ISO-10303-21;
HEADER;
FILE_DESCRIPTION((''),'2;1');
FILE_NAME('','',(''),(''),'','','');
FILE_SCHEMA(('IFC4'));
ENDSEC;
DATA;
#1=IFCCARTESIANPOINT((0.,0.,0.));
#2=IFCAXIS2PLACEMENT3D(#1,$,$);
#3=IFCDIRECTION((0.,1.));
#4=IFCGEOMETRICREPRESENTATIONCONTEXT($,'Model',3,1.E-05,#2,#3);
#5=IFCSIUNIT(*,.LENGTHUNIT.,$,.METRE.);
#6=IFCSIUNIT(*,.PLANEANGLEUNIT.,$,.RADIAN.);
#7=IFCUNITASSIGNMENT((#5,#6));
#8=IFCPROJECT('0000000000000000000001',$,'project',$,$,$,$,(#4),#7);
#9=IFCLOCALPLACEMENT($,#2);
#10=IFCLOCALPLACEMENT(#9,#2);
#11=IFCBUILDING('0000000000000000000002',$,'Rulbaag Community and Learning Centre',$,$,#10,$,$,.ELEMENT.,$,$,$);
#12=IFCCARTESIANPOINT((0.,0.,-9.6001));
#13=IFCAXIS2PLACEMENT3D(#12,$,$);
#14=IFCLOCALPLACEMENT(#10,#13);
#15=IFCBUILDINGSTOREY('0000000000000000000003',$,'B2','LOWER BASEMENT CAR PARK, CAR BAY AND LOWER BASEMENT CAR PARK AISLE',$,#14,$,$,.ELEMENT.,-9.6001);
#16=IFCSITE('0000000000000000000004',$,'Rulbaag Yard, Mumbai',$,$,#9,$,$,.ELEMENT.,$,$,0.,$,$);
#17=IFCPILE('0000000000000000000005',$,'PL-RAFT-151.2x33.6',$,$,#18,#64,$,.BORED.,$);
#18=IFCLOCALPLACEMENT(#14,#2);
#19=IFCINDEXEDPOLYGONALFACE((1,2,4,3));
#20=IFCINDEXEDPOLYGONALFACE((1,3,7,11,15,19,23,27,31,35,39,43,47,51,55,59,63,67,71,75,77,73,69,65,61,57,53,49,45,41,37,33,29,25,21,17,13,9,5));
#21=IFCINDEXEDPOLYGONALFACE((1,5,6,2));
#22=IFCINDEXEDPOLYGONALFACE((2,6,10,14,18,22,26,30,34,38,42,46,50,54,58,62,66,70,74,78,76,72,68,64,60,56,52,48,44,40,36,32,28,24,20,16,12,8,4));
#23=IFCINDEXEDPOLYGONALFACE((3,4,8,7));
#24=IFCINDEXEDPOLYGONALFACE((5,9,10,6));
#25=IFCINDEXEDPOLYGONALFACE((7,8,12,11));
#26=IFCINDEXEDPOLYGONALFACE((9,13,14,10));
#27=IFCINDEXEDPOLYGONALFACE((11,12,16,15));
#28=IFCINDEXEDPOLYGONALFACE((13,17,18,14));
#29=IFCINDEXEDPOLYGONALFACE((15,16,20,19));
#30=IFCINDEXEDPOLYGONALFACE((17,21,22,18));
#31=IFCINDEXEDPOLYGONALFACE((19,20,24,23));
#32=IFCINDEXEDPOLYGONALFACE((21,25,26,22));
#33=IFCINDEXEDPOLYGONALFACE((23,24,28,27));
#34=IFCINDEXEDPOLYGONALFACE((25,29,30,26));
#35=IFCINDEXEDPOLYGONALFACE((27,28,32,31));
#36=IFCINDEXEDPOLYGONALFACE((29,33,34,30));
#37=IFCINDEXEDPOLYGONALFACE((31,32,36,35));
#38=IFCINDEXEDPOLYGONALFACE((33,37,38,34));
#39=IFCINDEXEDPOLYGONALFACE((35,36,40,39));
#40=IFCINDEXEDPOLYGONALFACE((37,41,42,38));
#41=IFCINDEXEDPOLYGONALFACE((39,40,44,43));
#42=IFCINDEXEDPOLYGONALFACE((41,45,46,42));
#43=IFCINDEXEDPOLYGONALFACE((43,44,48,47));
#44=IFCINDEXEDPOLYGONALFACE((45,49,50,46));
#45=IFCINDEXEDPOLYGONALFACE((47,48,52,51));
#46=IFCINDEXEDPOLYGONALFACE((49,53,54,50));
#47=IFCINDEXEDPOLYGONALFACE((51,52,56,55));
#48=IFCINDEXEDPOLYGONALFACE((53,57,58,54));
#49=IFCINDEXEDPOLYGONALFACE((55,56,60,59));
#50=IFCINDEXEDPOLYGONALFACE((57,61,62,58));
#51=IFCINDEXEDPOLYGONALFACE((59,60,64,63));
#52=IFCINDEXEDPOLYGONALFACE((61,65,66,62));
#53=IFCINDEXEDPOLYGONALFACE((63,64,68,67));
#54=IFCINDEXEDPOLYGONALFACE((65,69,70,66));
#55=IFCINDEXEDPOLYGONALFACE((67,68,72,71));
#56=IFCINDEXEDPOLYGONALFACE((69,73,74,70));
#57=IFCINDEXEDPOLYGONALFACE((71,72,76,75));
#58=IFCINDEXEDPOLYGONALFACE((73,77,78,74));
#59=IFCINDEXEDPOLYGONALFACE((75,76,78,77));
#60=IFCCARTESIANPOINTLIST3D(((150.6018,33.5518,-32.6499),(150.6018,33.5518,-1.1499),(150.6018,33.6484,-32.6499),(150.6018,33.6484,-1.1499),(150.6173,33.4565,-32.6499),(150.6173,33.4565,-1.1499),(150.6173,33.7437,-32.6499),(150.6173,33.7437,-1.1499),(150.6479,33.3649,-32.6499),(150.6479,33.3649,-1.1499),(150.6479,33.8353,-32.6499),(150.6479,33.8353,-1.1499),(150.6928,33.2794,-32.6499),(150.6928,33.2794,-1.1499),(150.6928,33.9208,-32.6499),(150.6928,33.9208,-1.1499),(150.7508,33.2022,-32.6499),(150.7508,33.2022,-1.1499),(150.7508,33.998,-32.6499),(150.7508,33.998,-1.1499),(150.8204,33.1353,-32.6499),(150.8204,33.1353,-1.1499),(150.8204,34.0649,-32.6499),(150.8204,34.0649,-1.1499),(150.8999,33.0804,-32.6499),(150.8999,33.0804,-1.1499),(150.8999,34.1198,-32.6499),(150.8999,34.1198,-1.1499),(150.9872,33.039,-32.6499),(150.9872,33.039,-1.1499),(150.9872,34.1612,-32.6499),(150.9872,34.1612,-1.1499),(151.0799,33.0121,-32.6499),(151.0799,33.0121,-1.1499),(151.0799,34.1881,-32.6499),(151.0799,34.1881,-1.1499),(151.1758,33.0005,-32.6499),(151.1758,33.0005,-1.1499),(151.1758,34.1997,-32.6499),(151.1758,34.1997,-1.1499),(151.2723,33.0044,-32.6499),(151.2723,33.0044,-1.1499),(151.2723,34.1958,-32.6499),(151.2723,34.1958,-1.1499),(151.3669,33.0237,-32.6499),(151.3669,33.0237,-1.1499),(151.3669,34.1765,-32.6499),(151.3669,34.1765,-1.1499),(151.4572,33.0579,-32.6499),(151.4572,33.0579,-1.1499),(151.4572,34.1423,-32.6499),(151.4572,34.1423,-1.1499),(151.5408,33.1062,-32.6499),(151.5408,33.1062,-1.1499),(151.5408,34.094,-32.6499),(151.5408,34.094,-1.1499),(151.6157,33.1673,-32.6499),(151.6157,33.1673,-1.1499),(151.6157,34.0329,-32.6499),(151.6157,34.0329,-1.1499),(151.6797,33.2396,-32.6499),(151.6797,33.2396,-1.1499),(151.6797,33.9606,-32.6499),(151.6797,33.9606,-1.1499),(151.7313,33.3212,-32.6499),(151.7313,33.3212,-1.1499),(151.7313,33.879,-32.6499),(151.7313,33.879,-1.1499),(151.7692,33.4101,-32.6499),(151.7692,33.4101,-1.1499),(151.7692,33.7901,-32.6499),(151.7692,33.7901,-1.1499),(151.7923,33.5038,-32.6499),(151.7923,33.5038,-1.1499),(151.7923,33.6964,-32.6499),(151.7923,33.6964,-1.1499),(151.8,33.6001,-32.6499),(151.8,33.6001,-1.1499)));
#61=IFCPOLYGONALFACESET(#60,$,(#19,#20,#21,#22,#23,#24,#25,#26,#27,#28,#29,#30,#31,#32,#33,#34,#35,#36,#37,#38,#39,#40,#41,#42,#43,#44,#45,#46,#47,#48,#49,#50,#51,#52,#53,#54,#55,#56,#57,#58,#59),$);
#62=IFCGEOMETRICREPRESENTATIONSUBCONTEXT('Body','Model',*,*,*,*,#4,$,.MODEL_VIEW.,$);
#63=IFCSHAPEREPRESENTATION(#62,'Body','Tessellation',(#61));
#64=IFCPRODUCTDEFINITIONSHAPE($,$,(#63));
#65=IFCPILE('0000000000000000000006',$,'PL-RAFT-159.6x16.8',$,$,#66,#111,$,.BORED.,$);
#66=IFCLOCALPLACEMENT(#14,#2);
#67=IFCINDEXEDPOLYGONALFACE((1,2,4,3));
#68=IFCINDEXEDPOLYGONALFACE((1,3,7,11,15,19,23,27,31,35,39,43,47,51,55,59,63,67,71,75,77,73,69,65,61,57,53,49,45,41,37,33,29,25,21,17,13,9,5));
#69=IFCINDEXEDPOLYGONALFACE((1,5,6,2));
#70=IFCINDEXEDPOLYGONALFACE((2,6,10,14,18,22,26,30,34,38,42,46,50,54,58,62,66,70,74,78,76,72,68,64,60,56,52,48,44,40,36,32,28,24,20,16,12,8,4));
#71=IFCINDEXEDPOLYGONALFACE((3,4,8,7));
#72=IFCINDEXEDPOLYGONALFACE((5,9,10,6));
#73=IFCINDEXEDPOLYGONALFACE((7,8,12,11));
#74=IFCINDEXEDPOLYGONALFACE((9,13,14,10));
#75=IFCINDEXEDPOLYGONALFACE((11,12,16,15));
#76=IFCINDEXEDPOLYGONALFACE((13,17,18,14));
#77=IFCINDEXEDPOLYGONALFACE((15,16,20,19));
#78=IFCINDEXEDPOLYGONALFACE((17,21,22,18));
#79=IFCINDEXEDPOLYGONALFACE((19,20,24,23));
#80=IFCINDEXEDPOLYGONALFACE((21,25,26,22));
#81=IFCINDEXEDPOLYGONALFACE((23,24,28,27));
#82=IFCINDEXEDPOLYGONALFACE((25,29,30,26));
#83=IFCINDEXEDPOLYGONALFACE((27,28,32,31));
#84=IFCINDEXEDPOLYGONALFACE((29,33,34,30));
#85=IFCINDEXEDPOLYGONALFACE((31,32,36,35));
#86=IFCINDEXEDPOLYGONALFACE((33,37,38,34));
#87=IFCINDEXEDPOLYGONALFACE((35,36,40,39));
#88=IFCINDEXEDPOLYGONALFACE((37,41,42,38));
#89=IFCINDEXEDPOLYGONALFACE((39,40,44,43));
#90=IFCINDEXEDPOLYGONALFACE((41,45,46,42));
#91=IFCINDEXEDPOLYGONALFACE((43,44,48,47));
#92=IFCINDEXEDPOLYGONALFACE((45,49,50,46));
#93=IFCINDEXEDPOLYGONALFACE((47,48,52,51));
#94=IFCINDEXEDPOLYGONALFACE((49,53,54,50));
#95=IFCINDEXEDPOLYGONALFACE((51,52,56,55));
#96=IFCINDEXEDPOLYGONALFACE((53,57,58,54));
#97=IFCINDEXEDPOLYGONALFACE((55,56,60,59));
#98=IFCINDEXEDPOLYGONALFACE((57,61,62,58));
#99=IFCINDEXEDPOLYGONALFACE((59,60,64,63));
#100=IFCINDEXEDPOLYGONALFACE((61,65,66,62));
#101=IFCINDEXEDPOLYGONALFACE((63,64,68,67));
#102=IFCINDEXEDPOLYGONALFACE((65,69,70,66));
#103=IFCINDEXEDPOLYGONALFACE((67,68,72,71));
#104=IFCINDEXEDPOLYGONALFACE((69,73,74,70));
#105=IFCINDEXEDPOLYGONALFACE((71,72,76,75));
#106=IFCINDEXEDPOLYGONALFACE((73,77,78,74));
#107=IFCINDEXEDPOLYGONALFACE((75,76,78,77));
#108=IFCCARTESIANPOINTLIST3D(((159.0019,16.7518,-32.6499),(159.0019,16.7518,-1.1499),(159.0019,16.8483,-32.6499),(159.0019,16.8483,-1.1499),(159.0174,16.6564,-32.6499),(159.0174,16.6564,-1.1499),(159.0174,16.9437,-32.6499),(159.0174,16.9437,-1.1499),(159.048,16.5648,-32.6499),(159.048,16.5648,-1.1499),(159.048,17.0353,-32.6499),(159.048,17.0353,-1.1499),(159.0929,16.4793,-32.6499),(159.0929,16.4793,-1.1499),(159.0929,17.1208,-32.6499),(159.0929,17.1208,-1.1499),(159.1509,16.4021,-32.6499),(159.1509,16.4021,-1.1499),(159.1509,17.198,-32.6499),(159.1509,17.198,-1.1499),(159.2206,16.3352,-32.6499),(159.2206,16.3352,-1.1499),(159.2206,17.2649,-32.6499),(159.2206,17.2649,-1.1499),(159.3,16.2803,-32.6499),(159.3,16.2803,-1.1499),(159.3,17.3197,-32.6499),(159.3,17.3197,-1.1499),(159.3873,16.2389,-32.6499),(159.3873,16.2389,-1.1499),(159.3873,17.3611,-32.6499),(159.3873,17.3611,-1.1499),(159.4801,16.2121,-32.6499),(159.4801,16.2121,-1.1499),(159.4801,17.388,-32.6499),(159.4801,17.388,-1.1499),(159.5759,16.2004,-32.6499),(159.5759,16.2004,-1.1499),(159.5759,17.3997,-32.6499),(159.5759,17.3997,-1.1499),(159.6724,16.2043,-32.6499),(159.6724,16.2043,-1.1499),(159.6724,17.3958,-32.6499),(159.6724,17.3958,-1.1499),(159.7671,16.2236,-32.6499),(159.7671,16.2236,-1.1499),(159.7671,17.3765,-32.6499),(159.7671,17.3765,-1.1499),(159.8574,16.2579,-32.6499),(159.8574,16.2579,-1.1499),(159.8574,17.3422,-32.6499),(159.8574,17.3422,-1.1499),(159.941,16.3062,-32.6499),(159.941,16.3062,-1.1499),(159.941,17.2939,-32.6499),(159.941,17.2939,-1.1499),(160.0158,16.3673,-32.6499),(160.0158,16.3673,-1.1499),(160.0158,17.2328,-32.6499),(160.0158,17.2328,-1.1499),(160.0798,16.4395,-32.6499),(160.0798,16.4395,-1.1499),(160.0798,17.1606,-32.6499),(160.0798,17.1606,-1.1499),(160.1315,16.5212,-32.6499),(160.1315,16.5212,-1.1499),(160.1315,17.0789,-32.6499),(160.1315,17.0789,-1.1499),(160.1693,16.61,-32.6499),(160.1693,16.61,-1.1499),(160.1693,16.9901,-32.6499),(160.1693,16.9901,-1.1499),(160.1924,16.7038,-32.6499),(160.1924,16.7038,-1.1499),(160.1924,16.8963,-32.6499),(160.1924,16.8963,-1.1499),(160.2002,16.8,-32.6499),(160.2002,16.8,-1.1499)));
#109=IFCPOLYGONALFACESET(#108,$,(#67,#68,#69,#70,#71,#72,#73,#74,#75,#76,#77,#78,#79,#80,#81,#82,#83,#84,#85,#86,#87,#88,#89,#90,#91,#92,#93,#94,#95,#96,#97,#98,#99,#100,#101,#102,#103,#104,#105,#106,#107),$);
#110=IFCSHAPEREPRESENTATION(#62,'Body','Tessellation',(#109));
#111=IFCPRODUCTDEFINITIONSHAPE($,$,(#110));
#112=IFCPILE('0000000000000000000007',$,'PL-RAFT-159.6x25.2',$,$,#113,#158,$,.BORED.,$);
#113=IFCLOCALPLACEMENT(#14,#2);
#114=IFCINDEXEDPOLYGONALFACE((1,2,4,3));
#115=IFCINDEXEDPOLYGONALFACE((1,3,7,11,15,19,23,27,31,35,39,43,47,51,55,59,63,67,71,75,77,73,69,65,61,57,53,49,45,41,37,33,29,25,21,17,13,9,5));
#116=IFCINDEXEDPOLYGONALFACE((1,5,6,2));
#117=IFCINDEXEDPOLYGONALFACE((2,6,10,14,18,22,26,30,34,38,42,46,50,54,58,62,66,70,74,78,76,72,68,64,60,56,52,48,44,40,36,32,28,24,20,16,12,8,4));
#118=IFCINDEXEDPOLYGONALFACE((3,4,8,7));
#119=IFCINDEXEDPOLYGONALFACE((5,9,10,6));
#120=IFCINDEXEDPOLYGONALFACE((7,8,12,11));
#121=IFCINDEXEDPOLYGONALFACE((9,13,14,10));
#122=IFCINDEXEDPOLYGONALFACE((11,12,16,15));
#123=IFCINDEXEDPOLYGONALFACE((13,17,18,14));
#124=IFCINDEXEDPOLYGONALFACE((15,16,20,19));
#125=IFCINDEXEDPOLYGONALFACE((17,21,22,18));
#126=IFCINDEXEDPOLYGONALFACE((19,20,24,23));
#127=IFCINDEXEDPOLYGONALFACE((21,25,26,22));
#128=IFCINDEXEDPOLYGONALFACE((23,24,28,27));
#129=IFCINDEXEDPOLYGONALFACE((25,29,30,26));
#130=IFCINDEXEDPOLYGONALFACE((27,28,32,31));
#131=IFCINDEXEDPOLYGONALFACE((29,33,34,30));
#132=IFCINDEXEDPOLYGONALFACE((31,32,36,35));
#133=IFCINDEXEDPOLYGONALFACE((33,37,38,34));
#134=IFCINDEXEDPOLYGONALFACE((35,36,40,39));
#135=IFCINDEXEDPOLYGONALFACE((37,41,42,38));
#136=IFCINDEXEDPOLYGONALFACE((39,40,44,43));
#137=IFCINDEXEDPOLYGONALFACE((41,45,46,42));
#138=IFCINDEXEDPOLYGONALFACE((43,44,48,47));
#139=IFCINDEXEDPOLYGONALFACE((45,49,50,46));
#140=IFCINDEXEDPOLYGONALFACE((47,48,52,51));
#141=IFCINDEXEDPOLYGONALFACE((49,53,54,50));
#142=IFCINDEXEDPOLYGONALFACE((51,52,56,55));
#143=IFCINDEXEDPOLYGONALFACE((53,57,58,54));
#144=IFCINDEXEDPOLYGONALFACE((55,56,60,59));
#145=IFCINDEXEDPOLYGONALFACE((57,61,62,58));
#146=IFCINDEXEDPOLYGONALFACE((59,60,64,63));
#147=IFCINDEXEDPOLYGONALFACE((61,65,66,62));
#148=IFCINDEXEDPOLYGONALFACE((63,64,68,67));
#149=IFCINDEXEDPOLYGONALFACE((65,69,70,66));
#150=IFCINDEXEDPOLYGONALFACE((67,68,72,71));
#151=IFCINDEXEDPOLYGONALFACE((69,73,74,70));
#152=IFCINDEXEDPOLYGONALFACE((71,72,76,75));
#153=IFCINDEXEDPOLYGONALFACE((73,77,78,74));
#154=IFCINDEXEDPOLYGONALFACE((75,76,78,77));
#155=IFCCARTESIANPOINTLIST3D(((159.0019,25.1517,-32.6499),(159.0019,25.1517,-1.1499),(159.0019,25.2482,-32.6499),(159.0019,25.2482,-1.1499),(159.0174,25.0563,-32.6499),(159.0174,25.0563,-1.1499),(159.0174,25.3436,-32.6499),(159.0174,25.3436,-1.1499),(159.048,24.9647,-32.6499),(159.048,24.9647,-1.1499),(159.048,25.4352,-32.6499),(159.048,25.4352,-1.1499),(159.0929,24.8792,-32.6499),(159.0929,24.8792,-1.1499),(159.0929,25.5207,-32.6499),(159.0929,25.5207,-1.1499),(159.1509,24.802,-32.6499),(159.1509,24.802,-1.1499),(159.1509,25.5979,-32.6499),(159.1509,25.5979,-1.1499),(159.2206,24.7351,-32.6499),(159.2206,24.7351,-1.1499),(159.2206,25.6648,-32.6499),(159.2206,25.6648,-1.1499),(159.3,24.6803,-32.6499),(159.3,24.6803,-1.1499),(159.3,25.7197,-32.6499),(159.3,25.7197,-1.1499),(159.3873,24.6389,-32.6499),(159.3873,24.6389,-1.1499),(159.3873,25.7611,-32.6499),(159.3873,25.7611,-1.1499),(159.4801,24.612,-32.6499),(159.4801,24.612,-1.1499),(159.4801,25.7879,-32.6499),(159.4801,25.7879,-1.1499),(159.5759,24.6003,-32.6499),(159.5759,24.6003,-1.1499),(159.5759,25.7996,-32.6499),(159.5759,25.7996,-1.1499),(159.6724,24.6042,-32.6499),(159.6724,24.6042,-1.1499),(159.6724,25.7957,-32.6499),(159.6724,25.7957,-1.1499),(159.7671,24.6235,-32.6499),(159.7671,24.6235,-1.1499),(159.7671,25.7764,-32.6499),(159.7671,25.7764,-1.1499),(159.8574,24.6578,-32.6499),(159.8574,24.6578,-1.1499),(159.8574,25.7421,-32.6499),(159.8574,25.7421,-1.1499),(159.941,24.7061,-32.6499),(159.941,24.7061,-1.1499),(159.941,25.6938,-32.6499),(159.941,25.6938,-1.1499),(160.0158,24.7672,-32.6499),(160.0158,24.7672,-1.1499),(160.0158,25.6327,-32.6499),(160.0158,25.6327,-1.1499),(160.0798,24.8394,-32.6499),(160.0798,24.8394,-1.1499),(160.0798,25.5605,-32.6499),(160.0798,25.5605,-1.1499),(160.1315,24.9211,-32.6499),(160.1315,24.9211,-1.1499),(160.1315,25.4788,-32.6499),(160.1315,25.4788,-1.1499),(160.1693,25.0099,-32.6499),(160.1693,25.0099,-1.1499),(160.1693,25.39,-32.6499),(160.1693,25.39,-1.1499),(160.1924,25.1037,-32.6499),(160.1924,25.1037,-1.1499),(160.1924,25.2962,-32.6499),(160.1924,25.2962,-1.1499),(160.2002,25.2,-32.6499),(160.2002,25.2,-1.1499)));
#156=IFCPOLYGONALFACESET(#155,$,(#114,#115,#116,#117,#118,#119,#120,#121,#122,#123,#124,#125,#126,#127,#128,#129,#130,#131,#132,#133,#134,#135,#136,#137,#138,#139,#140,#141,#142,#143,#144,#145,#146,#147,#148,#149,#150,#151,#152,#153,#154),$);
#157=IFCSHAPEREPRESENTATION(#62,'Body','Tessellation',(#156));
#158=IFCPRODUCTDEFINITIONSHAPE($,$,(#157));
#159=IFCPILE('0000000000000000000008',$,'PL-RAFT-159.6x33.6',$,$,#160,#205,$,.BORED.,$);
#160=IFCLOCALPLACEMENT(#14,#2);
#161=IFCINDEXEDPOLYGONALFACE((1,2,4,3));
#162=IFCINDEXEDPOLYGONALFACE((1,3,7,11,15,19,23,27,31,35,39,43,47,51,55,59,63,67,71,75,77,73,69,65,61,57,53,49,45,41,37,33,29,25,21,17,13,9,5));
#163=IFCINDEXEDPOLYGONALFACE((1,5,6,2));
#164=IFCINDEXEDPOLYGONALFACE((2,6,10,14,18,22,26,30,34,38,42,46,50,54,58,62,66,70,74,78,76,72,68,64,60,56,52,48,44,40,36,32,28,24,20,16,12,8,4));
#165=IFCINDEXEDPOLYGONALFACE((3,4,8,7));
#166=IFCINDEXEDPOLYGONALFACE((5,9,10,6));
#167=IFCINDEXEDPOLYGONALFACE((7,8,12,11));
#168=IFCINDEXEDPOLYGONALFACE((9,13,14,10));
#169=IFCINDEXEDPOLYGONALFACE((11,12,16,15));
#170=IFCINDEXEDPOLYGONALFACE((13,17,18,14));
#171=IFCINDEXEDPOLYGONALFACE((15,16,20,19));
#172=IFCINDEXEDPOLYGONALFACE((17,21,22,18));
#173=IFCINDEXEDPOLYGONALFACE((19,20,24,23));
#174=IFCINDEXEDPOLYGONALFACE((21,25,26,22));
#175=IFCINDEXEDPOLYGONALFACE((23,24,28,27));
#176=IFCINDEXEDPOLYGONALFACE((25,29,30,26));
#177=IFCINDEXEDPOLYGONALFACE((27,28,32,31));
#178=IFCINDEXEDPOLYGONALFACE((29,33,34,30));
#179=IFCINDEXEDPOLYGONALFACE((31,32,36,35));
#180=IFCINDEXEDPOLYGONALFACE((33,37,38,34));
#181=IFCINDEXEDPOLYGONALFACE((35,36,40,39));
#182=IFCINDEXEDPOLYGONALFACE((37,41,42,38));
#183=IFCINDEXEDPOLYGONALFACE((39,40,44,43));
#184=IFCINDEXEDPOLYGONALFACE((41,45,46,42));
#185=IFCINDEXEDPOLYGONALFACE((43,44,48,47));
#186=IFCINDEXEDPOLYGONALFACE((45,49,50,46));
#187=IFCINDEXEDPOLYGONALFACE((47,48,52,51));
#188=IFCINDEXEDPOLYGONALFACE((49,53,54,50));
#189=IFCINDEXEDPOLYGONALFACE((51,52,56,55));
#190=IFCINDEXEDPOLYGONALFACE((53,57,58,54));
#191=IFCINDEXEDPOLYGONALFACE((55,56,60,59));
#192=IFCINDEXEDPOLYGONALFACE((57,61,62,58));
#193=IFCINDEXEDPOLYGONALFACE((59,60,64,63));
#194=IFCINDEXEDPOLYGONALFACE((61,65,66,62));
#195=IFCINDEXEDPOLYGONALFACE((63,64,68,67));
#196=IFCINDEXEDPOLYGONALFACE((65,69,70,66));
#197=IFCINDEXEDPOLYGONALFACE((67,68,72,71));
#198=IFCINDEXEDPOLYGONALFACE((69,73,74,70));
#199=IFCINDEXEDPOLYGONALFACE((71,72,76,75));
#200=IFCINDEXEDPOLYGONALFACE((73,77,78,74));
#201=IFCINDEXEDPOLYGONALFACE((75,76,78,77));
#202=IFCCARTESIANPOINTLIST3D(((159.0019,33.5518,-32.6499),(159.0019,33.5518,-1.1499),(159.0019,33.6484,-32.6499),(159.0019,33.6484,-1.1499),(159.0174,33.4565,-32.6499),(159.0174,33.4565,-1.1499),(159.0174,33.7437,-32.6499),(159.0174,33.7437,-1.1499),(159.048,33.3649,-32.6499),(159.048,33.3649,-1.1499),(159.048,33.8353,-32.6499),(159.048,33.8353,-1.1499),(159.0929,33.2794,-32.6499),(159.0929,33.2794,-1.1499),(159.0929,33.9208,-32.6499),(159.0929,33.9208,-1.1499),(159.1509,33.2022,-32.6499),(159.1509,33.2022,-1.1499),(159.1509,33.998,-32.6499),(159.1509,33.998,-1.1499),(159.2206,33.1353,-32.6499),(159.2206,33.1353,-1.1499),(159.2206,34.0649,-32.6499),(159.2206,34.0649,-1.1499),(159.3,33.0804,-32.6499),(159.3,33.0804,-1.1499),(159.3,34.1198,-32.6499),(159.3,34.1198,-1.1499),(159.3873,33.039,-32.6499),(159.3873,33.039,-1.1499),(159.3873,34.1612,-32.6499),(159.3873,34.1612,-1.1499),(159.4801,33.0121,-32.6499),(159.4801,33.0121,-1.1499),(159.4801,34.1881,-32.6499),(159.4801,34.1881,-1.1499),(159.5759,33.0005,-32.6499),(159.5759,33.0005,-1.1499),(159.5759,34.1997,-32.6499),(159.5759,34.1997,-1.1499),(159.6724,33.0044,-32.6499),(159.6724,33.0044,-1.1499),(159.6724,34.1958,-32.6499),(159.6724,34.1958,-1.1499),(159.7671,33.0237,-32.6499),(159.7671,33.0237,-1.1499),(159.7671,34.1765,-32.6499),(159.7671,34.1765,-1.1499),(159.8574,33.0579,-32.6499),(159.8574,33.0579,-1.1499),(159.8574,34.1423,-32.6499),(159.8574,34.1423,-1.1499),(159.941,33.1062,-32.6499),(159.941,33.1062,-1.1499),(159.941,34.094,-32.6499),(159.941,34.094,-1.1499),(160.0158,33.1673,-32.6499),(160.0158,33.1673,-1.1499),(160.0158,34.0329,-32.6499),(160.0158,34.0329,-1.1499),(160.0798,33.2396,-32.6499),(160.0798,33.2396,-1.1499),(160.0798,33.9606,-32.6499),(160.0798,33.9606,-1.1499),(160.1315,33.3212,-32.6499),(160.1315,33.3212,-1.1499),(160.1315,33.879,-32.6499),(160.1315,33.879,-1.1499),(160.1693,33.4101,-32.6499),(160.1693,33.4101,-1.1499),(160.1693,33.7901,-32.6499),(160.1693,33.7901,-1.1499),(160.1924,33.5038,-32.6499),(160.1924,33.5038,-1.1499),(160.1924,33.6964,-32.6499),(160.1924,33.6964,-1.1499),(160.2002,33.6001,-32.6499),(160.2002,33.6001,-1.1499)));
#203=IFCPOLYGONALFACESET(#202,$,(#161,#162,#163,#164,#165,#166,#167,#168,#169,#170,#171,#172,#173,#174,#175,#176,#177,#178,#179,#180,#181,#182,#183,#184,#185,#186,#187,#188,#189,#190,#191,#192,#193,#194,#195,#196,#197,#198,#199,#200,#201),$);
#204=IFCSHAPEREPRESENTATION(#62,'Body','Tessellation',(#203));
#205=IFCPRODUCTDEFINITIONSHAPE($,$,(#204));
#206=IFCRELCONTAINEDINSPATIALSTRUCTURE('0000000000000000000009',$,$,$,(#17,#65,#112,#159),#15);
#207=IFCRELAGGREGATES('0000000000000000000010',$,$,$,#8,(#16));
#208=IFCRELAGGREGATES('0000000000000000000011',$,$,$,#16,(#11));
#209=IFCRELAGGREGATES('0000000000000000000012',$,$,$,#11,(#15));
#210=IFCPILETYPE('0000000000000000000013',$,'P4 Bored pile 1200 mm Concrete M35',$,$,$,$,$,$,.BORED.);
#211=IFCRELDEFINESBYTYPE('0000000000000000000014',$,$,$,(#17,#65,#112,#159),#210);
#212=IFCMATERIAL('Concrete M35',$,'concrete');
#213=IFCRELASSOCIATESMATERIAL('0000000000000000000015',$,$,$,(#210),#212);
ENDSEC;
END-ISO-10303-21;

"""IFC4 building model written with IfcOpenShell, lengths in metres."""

from ifc_helpers import new_model, si_unit, direction, frame, origin, origin_2d, place, context, subcontext, project, spatial, circle, extrude, material, material_profile, profile_set, type_object, element, save


model = new_model("IFC4")

# Units and contexts
model_context = context("Model", 3, precision=1e-05, world=origin(), true_north=direction((0.0, 1.0)))
body_context = subcontext(model_context, "Body", "Model", "MODEL_VIEW")
ifc_project = project(units=[si_unit("LENGTHUNIT", "METRE"), si_unit("PLANEANGLEUNIT", "RADIAN")], contexts=[model_context])

# Site, building, storey
site_placement = place(None, origin())
site = spatial("IfcSite", under=ifc_project, at=site_placement, Name="Rulbaag Yard, Mumbai", CompositionType="ELEMENT", RefElevation=0.0)
building_placement = place(site_placement, origin())
building = spatial("IfcBuilding", under=site, at=building_placement, Name="Rulbaag Community and Learning Centre", CompositionType="ELEMENT")
storey_placement = place(building_placement, frame((0.0, 0.0, -9.6001)))
storey = spatial("IfcBuildingStorey", under=building, at=storey_placement, Name="B2", Description="LOWER BASEMENT CAR PARK, CAR BAY AND LOWER BASEMENT CAR PARK AISLE", CompositionType="ELEMENT", Elevation=-9.6001)

# Piles
ifc_material_1 = material(Name="Concrete M35", Category="concrete")
ifc_material_profile_1 = material_profile(ifc_material_1, circle(Radius=0.6001, at=origin_2d()), Name="BP1200")
ifc_profile_set_1 = profile_set([ifc_material_profile_1], Name="Concrete M35")
pile_type_1 = type_object("IfcPileType", Name="P4 Bored pile 1200 mm Concrete M35", PredefinedType="BORED", material=ifc_profile_set_1)
for number, where, z_axis, x_axis, name in (
    (1, (151.2, 33.6001, -1.1499), (0.0, 0.0, -1.0), (1.0, 0.0, 0.0), "PL-RAFT-151.2x33.6"),
    (2, (159.6001, 16.8, -1.1499), (0.0, 0.0, -1.0), (1.0, 0.0, 0.0), "PL-RAFT-159.6x16.8"),
    (3, (159.6001, 25.2, -1.1499), (0.0, 0.0, -1.0), (1.0, 0.0, 0.0), "PL-RAFT-159.6x25.2"),
    (4, (159.6001, 33.6001, -1.1499), (0.0, 0.0, -1.0), (1.0, 0.0, 0.0), "PL-RAFT-159.6x33.6"),
):
    element("IfcPile", number, at=place(storey_placement, frame(where, z_axis=z_axis, x_axis=x_axis)), inside=storey, type_object=pile_type_1, Name=name, PredefinedType="BORED", context=body_context, shape_type="SweptSolid", body=[
        extrude(circle(Radius=0.6001, at=origin_2d()), origin(), (0.0, 0.0, 1.0), 31.5),
    ])

save(model, "model.ifc")
